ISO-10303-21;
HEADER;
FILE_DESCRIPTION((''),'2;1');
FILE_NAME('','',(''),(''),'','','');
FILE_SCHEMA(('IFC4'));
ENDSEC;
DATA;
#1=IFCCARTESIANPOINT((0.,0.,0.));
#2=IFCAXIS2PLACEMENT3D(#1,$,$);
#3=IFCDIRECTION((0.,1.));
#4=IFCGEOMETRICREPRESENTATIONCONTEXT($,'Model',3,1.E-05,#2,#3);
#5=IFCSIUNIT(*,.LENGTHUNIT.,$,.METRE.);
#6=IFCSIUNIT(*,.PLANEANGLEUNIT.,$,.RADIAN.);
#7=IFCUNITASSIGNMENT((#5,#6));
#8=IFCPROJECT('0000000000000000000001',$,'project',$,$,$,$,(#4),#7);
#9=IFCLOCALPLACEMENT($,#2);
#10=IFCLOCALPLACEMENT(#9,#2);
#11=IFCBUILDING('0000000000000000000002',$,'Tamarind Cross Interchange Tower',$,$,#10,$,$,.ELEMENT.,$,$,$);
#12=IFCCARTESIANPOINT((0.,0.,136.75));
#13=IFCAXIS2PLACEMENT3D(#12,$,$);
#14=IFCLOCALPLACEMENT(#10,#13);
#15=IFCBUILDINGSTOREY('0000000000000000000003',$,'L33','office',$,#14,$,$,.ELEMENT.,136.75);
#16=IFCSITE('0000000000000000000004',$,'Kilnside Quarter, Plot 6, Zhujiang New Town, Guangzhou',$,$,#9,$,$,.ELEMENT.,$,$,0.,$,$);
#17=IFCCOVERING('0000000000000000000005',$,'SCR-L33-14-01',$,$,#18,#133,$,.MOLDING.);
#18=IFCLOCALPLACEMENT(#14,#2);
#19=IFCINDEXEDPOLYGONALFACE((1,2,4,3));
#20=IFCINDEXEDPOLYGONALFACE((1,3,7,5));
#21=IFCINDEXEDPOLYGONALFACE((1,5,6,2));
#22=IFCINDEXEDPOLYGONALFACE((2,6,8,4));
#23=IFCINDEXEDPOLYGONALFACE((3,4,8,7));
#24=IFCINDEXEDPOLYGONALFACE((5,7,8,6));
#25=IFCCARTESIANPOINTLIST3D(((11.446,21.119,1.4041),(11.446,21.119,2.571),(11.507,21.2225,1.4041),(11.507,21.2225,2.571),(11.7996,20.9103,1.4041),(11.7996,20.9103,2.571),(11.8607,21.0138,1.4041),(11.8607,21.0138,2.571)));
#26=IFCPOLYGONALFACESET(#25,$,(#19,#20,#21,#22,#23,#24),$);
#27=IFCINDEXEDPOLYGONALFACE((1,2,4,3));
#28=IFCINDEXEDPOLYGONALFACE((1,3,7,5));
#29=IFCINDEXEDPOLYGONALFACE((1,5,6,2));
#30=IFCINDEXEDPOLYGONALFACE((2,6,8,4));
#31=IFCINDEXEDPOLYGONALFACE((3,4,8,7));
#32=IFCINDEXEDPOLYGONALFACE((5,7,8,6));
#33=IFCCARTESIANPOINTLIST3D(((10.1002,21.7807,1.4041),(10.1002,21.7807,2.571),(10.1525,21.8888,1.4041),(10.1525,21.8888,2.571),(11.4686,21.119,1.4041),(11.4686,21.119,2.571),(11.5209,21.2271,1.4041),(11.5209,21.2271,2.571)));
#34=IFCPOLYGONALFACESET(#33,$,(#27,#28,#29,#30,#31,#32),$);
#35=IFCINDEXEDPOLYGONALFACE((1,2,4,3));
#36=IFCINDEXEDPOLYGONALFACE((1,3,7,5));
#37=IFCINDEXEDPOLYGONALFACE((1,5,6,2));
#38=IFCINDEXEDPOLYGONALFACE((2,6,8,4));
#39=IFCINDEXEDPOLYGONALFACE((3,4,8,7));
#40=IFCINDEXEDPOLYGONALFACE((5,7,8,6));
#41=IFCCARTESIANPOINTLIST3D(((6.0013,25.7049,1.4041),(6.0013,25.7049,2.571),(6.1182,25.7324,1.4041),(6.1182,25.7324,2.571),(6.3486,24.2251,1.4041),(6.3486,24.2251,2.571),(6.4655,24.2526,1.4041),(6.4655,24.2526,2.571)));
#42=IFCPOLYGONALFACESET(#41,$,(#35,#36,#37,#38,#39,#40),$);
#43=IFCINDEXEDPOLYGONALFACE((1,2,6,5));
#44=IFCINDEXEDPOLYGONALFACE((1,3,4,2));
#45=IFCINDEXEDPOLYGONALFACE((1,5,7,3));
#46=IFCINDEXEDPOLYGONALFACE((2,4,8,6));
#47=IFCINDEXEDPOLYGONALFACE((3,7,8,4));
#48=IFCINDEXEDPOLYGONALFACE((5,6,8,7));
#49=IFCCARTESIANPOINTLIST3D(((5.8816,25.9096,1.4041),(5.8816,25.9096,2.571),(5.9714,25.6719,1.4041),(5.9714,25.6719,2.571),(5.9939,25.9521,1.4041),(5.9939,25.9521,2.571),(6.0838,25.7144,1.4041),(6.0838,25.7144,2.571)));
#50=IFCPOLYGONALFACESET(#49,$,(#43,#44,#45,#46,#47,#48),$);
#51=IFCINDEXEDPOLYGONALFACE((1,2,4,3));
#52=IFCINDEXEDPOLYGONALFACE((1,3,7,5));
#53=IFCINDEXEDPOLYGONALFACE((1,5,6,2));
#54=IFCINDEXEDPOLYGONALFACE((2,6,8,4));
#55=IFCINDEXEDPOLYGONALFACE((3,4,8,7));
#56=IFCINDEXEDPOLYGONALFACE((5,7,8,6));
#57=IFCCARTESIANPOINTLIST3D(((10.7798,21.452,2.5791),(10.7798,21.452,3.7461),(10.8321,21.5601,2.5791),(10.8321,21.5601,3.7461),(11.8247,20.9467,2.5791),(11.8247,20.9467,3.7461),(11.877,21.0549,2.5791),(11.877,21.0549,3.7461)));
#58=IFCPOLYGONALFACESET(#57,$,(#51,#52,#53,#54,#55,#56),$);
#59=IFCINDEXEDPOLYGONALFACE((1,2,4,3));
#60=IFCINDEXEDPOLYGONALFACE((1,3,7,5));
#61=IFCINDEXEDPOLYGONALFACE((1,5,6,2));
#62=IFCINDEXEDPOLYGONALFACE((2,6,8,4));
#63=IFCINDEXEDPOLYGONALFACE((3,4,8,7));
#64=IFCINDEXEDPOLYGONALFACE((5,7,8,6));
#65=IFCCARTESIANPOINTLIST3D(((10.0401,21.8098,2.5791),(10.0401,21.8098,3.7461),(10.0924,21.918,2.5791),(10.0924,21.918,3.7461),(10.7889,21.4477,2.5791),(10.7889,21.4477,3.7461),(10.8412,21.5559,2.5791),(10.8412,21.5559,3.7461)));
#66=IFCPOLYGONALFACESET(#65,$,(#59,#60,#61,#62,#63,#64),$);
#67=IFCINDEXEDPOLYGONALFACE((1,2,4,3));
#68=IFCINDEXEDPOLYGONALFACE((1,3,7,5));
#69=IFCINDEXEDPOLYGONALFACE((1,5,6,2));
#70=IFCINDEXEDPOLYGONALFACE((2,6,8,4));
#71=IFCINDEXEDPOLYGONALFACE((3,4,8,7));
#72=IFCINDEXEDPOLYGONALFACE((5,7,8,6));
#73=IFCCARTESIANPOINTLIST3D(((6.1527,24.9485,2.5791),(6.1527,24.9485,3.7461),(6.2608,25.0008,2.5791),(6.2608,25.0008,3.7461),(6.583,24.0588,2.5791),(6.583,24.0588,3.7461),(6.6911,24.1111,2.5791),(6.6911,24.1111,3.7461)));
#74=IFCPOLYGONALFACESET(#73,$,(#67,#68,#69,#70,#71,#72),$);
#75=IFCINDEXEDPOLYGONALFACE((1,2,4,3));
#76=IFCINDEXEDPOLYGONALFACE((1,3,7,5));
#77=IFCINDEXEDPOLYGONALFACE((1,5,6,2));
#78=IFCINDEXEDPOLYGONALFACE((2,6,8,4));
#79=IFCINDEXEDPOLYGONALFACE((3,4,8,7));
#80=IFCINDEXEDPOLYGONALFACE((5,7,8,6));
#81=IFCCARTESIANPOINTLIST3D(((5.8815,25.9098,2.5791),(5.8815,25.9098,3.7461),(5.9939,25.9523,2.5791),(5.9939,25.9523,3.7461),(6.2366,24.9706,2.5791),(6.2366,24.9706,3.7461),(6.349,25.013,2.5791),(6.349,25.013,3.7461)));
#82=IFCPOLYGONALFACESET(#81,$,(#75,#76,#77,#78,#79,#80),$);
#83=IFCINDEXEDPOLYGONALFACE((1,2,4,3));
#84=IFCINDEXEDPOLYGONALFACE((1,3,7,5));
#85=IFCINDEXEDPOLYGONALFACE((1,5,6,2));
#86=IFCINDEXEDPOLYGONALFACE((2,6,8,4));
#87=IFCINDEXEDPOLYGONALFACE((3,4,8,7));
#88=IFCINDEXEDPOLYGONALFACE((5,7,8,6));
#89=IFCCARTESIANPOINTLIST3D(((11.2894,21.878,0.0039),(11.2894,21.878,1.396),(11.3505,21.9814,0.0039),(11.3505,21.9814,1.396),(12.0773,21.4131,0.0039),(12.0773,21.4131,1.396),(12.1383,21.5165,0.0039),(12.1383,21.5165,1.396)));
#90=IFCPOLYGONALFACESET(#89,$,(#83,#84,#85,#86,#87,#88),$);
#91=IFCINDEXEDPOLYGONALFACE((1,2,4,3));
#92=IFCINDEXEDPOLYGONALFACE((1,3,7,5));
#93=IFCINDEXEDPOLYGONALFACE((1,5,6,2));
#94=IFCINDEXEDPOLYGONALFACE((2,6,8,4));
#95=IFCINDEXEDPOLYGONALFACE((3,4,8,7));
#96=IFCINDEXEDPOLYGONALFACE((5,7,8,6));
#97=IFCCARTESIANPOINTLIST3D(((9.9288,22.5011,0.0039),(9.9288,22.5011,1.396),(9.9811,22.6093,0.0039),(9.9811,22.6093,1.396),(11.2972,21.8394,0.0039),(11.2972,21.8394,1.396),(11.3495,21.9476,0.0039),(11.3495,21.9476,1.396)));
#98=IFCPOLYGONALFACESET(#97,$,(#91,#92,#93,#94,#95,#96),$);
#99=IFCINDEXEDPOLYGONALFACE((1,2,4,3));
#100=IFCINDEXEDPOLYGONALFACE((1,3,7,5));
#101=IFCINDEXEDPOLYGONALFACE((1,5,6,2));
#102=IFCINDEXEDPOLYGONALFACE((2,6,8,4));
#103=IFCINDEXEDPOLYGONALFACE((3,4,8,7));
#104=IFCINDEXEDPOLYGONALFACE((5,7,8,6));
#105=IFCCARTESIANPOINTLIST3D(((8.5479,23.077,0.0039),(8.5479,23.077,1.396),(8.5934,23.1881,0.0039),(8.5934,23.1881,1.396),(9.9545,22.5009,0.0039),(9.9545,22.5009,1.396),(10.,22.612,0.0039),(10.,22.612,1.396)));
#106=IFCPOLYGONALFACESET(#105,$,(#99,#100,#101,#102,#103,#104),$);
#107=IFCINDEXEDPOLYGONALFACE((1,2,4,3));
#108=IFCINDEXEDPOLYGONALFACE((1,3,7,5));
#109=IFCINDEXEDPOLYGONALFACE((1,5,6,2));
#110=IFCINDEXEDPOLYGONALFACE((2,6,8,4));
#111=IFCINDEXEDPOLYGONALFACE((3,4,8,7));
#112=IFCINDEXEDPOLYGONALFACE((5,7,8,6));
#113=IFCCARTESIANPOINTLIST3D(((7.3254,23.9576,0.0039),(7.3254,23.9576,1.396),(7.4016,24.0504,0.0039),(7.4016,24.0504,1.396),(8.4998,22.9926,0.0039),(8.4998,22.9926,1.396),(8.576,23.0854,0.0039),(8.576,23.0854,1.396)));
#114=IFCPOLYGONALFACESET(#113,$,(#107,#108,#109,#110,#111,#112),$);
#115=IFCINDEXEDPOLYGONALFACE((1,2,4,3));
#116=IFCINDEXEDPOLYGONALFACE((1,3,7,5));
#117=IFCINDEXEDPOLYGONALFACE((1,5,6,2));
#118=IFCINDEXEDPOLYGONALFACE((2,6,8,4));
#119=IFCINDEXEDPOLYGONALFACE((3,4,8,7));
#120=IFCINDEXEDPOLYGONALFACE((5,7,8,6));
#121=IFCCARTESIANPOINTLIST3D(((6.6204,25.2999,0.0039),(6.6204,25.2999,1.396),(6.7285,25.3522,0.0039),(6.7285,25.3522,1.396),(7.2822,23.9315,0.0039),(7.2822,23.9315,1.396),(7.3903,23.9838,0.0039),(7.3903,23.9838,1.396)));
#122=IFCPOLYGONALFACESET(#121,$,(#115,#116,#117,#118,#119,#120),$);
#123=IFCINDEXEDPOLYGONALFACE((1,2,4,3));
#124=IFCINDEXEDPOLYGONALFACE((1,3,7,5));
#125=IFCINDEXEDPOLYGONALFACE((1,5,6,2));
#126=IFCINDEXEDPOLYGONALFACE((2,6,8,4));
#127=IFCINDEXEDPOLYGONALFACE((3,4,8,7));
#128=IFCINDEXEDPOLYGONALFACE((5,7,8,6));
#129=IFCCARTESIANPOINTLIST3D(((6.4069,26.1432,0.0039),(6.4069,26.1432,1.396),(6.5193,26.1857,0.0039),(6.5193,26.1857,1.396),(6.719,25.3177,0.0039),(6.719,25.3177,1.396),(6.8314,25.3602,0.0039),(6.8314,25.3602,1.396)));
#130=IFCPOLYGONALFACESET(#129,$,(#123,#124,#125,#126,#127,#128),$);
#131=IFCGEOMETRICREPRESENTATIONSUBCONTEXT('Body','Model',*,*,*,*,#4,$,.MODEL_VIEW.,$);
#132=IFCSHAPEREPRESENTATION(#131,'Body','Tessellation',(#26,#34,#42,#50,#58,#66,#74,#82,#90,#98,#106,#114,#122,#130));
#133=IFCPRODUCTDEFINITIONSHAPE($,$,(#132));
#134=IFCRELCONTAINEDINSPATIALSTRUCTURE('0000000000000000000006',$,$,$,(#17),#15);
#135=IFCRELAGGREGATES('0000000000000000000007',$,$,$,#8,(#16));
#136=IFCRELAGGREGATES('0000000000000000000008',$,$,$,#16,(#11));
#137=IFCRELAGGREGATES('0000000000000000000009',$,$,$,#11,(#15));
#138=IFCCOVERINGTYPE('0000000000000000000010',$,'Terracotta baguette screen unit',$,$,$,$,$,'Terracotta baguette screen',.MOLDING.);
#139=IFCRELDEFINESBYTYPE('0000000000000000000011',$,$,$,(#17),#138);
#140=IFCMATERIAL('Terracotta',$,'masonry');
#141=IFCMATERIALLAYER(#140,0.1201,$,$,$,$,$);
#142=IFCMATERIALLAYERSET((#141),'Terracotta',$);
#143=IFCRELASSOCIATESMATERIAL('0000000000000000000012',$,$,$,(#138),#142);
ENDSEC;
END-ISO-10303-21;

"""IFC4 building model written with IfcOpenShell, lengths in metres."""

from ifc_helpers import new_model, si_unit, direction, frame, origin, origin_2d, place, context, subcontext, project, spatial, rectangle, extrude, material, layer, layer_set, type_object, element, save


model = new_model("IFC4")

# Units and contexts
model_context = context("Model", 3, precision=1e-05, world=origin(), true_north=direction((0.0, 1.0)))
body_context = subcontext(model_context, "Body", "Model", "MODEL_VIEW")
ifc_project = project(units=[si_unit("LENGTHUNIT", "METRE"), si_unit("PLANEANGLEUNIT", "RADIAN")], contexts=[model_context])

# Site, building, storey
site_placement = place(None, origin())
site = spatial("IfcSite", under=ifc_project, at=site_placement, Name="Kilnside Quarter, Plot 6, Zhujiang New Town, Guangzhou", CompositionType="ELEMENT", RefElevation=0.0)
building_placement = place(site_placement, origin())
building = spatial("IfcBuilding", under=site, at=building_placement, Name="Tamarind Cross Interchange Tower", CompositionType="ELEMENT")
storey_placement = place(building_placement, frame((0.0, 0.0, 136.75)))
storey = spatial("IfcBuildingStorey", under=building, at=storey_placement, Name="L33", Description="office", CompositionType="ELEMENT", Elevation=136.75)

# Covering
ifc_material_1 = material(Name="Terracotta", Category="masonry")
ifc_layer_1 = layer(ifc_material_1, 0.1201)
ifc_layer_set_1 = layer_set([ifc_layer_1], Name="Terracotta")
covering_type = type_object("IfcCoveringType", Name="Terracotta baguette screen unit", ElementType="Terracotta baguette screen", PredefinedType="MOLDING", material=ifc_layer_set_1)
covering_1_placement = place(storey_placement, origin())
element("IfcCovering", 1, at=covering_1_placement, inside=storey, type_object=covering_type, Name="SCR-L33-14-01", PredefinedType="MOLDING", context=body_context, shape_type="SweptSolid", body=[
    extrude(rectangle(XDim=0.4106, YDim=0.1201, at=origin_2d()), frame((11.6533, 21.0664, 1.4041), z_axis=(0.0, 0.0, 1.0), x_axis=(-0.861249, 0.508183, 0.0)), (0.0, 0.0, 1.0), 1.167),
    extrude(rectangle(XDim=1.52, YDim=0.1201, at=origin_2d()), frame((10.8105, 21.5039, 1.4041), z_axis=(0.0, 0.0, 1.0), x_axis=(-0.900273, 0.435326, 0.0)), (0.0, 0.0, 1.0), 1.167),
    extrude(rectangle(XDim=1.52, YDim=0.1201, at=origin_2d()), frame((6.2334, 24.9788, 1.4041), z_axis=(0.0, 0.0, 1.0), x_axis=(-0.228514, 0.973541, 0.0)), (0.0, 0.0, 1.0), 1.167),
    extrude(rectangle(XDim=0.2542, YDim=0.1201, at=origin_2d()), frame((5.9827, 25.812, 1.4041), z_axis=(0.0, 0.0, 1.0), x_axis=(-0.353632, 0.935385, 0.0)), (0.0, 0.0, 1.0), 1.167),
    extrude(rectangle(XDim=1.1606, YDim=0.1201, at=origin_2d()), frame((11.3284, 21.2534, 2.5791), z_axis=(0.0, 0.0, 1.0), x_axis=(-0.900273, 0.435326, 0.0)), (0.0, 0.0, 1.0), 1.167),
    extrude(rectangle(XDim=0.8318, YDim=0.1201, at=origin_2d()), frame((10.4407, 21.6829, 2.5791), z_axis=(0.0, 0.0, 1.0), x_axis=(-0.900273, 0.435326, 0.0)), (0.0, 0.0, 1.0), 1.167),
    extrude(rectangle(XDim=0.9883, YDim=0.1201, at=origin_2d()), frame((6.4219, 24.5298, 2.5791), z_axis=(0.0, 0.0, 1.0), x_axis=(-0.435398, 0.900238, 0.0)), (0.0, 0.0, 1.0), 1.167),
    extrude(rectangle(XDim=1.0042, YDim=0.1201, at=origin_2d()), frame((6.1152, 25.4614, 2.5791), z_axis=(0.0, 0.0, 1.0), x_axis=(-0.353632, 0.935385, 0.0)), (0.0, 0.0, 1.0), 1.167),
    extrude(rectangle(XDim=0.9148, YDim=0.1201, at=origin_2d()), frame((11.7139, 21.6973, 0.0039), z_axis=(0.0, 0.0, 1.0), x_axis=(-0.861249, 0.508183, 0.0)), (0.0, 0.0, 1.0), 1.3921),
    extrude(rectangle(XDim=1.52, YDim=0.1201, at=origin_2d()), frame((10.6392, 22.2244, 0.0039), z_axis=(0.0, 0.0, 1.0), x_axis=(-0.900273, 0.435326, 0.0)), (0.0, 0.0, 1.0), 1.3921),
    extrude(rectangle(XDim=1.52, YDim=0.1201, at=origin_2d()), frame((9.2739, 22.8445, 0.0039), z_axis=(0.0, 0.0, 1.0), x_axis=(-0.925394, 0.379006, 0.0)), (0.0, 0.0, 1.0), 1.3921),
    extrude(rectangle(XDim=1.52, YDim=0.1201, at=origin_2d()), frame((7.9507, 23.5215, 0.0039), z_axis=(0.0, 0.0, 1.0), x_axis=(-0.772624, 0.634864, 0.0)), (0.0, 0.0, 1.0), 1.3921),
    extrude(rectangle(XDim=1.52, YDim=0.1201, at=origin_2d()), frame((7.0054, 24.6418, 0.0039), z_axis=(0.0, 0.0, 1.0), x_axis=(-0.435398, 0.900238, 0.0)), (0.0, 0.0, 1.0), 1.3921),
    extrude(rectangle(XDim=0.8826, YDim=0.1201, at=origin_2d()), frame((6.6191, 25.7517, 0.0039), z_axis=(0.0, 0.0, 1.0), x_axis=(-0.353632, 0.935385, 0.0)), (0.0, 0.0, 1.0), 1.3921),
])

save(model, "model.ifc")
